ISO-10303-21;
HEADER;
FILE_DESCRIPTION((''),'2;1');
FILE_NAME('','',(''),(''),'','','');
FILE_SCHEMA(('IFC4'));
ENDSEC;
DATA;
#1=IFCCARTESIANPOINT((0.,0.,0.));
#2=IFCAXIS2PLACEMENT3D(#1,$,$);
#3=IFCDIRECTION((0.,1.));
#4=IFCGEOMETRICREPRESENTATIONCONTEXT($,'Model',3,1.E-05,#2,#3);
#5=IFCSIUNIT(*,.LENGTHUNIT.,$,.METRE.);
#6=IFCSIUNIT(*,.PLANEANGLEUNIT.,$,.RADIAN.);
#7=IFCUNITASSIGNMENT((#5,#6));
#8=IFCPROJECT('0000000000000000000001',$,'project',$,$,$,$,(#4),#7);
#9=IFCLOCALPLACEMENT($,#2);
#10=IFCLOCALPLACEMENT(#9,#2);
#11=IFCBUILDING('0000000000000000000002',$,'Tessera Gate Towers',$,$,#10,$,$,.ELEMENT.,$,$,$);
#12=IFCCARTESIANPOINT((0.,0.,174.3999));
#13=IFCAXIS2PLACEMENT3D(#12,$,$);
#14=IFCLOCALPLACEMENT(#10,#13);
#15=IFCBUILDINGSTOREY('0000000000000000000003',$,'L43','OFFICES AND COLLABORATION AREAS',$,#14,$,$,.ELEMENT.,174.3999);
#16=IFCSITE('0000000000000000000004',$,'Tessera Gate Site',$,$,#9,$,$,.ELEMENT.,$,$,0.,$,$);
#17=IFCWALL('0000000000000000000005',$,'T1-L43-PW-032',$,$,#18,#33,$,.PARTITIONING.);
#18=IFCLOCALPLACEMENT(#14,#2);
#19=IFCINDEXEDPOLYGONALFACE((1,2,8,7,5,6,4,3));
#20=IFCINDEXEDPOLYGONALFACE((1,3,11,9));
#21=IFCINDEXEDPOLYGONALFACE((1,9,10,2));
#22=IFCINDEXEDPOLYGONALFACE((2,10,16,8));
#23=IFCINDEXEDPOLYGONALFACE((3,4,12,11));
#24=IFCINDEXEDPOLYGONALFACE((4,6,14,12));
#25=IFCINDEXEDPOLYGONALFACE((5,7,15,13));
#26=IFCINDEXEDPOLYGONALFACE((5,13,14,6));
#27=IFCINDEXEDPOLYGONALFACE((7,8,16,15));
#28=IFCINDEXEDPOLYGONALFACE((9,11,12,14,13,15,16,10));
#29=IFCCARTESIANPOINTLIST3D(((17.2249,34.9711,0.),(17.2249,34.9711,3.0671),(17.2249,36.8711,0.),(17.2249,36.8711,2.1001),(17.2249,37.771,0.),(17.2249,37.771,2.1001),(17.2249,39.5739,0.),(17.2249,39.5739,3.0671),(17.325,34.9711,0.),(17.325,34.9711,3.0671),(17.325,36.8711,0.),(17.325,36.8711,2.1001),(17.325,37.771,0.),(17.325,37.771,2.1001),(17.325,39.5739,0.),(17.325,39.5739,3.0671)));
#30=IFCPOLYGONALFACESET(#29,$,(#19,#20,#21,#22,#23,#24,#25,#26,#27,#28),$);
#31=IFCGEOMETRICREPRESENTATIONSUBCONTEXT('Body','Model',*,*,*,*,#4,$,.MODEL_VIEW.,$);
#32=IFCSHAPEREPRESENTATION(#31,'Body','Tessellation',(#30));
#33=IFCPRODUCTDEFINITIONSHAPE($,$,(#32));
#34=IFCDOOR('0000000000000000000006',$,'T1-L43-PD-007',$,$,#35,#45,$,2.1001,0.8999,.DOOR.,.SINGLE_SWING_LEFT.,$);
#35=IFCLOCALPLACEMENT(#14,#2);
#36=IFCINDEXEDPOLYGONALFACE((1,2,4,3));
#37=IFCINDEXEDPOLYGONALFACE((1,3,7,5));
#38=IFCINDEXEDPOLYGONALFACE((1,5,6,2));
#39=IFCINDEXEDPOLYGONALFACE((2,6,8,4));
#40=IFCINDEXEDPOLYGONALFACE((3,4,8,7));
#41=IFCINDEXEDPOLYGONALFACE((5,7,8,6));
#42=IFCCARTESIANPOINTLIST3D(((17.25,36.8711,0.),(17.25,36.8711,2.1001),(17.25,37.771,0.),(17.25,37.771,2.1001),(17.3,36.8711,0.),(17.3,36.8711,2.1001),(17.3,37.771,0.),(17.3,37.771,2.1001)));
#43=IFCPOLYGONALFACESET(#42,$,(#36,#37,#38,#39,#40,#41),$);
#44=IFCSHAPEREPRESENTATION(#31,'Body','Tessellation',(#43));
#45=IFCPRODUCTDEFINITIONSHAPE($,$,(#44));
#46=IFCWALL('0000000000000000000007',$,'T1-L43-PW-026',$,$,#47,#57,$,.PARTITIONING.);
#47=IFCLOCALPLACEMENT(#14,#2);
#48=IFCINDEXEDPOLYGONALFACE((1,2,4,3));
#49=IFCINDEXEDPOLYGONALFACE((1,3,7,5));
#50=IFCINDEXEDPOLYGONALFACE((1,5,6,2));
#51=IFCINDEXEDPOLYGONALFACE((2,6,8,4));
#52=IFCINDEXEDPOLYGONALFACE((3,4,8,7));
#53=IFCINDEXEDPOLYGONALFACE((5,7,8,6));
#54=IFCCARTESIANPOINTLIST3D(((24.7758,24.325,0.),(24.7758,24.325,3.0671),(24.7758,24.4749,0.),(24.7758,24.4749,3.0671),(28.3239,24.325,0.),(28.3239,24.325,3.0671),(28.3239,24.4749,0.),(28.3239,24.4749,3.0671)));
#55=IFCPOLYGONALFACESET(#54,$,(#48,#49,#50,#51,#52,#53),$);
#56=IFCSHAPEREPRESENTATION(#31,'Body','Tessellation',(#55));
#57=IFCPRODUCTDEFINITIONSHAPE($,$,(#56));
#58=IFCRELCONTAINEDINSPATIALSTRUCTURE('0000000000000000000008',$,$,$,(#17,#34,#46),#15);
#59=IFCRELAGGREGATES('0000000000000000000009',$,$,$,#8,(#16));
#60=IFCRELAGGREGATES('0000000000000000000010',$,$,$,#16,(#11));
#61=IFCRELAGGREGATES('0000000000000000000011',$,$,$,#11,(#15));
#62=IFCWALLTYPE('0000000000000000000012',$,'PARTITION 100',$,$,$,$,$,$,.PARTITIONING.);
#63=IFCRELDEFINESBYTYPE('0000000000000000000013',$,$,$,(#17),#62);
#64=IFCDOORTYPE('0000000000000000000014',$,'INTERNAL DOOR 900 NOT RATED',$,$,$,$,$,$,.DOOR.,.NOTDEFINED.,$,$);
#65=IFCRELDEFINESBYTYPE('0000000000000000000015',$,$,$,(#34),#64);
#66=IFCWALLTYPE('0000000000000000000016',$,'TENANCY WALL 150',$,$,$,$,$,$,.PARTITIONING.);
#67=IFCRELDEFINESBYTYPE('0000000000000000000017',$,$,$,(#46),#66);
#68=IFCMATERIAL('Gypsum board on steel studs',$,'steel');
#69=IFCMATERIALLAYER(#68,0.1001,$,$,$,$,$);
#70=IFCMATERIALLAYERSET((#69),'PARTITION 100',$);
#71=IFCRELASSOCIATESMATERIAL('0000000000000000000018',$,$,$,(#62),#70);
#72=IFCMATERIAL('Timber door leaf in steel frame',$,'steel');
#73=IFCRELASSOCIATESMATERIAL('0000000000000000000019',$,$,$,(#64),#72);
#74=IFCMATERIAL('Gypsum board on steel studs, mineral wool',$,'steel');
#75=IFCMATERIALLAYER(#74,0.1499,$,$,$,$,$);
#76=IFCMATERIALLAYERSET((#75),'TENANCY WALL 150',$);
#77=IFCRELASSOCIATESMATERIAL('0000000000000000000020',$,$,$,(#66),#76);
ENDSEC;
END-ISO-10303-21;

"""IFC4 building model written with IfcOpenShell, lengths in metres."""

from ifc_helpers import new_model, si_unit, direction, frame, frame_2d, origin, place, context, subcontext, project, spatial, rectangle, extrude, source, transform, mapped, material, layer, layer_set, type_object, element, fill, save


model = new_model("IFC4")

# Units and contexts
model_context = context("Model", 3, precision=1e-05, world=origin(), true_north=direction((0.0, 1.0)))
body_context = subcontext(model_context, "Body", "Model", "MODEL_VIEW")
ifc_project = project(units=[si_unit("LENGTHUNIT", "METRE"), si_unit("PLANEANGLEUNIT", "RADIAN")], contexts=[model_context])

# Site, building, storey
site_placement = place(None, origin())
site = spatial("IfcSite", under=ifc_project, at=site_placement, Name="Tessera Gate Site", CompositionType="ELEMENT", RefElevation=0.0)
building_placement = place(site_placement, origin())
building = spatial("IfcBuilding", under=site, at=building_placement, Name="Tessera Gate Towers", CompositionType="ELEMENT")
storey_placement = place(building_placement, frame((0.0, 0.0, 174.3999)))
storey = spatial("IfcBuildingStorey", under=building, at=storey_placement, Name="L43", Description="OFFICES AND COLLABORATION AREAS", CompositionType="ELEMENT", Elevation=174.3999)

# Shared definitions
shared_shape_1 = source(origin(), body_context, "Body", "SweptSolid", [
    extrude(rectangle(XDim=0.8999, YDim=2.1001, at=frame_2d((0.45, 1.05))), frame((0.0, 0.0249, 0.0), z_axis=(0.0, -1.0, 0.0), x_axis=(1.0, 0.0, 0.0)), (0.0, 0.0, 1.0), 0.05),
])

# Wall, opening, door
ifc_material_1 = material(Name="Gypsum board on steel studs", Category="steel")
ifc_layer_1 = layer(ifc_material_1, 0.1001)
ifc_layer_set_1 = layer_set([ifc_layer_1], Name="PARTITION 100")
wall_type_1 = type_object("IfcWallType", Name="PARTITION 100", PredefinedType="PARTITIONING", material=ifc_layer_set_1)
wall_1_placement = place(storey_placement, frame((17.2749, 34.9712, 0.0), z_axis=(0.0, 0.0, 1.0), x_axis=(0.0, 1.0, 0.0)))
wall_1 = element("IfcWall", 1, at=wall_1_placement, inside=storey, type_object=wall_type_1, Name="T1-L43-PW-032", PredefinedType="PARTITIONING", context=body_context, shape_type="SweptSolid", body=[
    extrude(rectangle(XDim=4.6028, YDim=0.1001, at=frame_2d((2.3013, 0.0))), origin(), (0.0, 0.0, 1.0), 3.0671),
])
shared_shape_2 = source(origin(), body_context, "Body", "SweptSolid", [
    extrude(rectangle(XDim=0.8999, YDim=2.1001, at=frame_2d((0.45, 1.05))), frame((0.0, 0.0601, 0.0), z_axis=(0.0, -1.0, 0.0), x_axis=(1.0, 0.0, 0.0)), (0.0, 0.0, 1.0), 0.1201),
])
opening_1_placement = place(wall_1_placement, frame((1.8999, 0.0, 0.0)))
opening_1 = element("IfcOpeningElement", 2, at=opening_1_placement, cuts=wall_1, PredefinedType="OPENING", context=body_context, shape_type="MappedRepresentation", body=[
    mapped(shared_shape_2, transform((0.0, 0.0, 0.0), scale=1.0)),
])
ifc_material_2 = material(Name="Timber door leaf in steel frame", Category="steel")
door_type_1 = type_object("IfcDoorType", Name="INTERNAL DOOR 900 NOT RATED", OperationType="NOTDEFINED", PredefinedType="DOOR", material=ifc_material_2)
door_1_placement = place(opening_1_placement, origin())
door_1 = element("IfcDoor", 3, at=door_1_placement, inside=storey, type_object=door_type_1, Name="T1-L43-PD-007", OperationType="SINGLE_SWING_LEFT", OverallHeight=2.1001, OverallWidth=0.8999, PredefinedType="DOOR", context=body_context, shape_type="MappedRepresentation", body=[
    mapped(shared_shape_1, transform((0.0, 0.0, 0.0), scale=1.0)),
])
fill(opening_1, door_1)

# Wall
ifc_material_3 = material(Name="Gypsum board on steel studs, mineral wool", Category="steel")
ifc_layer_2 = layer(ifc_material_3, 0.1499)
ifc_layer_set_2 = layer_set([ifc_layer_2], Name="TENANCY WALL 150")
wall_type_2 = type_object("IfcWallType", Name="TENANCY WALL 150", PredefinedType="PARTITIONING", material=ifc_layer_set_2)
wall_2_placement = place(storey_placement, frame((24.7759, 24.3999, 0.0), z_axis=(0.0, 0.0, 1.0), x_axis=(1.0, 0.0, 0.0)))
element("IfcWall", 4, at=wall_2_placement, inside=storey, type_object=wall_type_2, Name="T1-L43-PW-026", PredefinedType="PARTITIONING", context=body_context, shape_type="SweptSolid", body=[
    extrude(rectangle(XDim=3.5481, YDim=0.1499, at=frame_2d((1.7739, 0.0))), origin(), (0.0, 0.0, 1.0), 3.0671),
])

save(model, "model.ifc")
